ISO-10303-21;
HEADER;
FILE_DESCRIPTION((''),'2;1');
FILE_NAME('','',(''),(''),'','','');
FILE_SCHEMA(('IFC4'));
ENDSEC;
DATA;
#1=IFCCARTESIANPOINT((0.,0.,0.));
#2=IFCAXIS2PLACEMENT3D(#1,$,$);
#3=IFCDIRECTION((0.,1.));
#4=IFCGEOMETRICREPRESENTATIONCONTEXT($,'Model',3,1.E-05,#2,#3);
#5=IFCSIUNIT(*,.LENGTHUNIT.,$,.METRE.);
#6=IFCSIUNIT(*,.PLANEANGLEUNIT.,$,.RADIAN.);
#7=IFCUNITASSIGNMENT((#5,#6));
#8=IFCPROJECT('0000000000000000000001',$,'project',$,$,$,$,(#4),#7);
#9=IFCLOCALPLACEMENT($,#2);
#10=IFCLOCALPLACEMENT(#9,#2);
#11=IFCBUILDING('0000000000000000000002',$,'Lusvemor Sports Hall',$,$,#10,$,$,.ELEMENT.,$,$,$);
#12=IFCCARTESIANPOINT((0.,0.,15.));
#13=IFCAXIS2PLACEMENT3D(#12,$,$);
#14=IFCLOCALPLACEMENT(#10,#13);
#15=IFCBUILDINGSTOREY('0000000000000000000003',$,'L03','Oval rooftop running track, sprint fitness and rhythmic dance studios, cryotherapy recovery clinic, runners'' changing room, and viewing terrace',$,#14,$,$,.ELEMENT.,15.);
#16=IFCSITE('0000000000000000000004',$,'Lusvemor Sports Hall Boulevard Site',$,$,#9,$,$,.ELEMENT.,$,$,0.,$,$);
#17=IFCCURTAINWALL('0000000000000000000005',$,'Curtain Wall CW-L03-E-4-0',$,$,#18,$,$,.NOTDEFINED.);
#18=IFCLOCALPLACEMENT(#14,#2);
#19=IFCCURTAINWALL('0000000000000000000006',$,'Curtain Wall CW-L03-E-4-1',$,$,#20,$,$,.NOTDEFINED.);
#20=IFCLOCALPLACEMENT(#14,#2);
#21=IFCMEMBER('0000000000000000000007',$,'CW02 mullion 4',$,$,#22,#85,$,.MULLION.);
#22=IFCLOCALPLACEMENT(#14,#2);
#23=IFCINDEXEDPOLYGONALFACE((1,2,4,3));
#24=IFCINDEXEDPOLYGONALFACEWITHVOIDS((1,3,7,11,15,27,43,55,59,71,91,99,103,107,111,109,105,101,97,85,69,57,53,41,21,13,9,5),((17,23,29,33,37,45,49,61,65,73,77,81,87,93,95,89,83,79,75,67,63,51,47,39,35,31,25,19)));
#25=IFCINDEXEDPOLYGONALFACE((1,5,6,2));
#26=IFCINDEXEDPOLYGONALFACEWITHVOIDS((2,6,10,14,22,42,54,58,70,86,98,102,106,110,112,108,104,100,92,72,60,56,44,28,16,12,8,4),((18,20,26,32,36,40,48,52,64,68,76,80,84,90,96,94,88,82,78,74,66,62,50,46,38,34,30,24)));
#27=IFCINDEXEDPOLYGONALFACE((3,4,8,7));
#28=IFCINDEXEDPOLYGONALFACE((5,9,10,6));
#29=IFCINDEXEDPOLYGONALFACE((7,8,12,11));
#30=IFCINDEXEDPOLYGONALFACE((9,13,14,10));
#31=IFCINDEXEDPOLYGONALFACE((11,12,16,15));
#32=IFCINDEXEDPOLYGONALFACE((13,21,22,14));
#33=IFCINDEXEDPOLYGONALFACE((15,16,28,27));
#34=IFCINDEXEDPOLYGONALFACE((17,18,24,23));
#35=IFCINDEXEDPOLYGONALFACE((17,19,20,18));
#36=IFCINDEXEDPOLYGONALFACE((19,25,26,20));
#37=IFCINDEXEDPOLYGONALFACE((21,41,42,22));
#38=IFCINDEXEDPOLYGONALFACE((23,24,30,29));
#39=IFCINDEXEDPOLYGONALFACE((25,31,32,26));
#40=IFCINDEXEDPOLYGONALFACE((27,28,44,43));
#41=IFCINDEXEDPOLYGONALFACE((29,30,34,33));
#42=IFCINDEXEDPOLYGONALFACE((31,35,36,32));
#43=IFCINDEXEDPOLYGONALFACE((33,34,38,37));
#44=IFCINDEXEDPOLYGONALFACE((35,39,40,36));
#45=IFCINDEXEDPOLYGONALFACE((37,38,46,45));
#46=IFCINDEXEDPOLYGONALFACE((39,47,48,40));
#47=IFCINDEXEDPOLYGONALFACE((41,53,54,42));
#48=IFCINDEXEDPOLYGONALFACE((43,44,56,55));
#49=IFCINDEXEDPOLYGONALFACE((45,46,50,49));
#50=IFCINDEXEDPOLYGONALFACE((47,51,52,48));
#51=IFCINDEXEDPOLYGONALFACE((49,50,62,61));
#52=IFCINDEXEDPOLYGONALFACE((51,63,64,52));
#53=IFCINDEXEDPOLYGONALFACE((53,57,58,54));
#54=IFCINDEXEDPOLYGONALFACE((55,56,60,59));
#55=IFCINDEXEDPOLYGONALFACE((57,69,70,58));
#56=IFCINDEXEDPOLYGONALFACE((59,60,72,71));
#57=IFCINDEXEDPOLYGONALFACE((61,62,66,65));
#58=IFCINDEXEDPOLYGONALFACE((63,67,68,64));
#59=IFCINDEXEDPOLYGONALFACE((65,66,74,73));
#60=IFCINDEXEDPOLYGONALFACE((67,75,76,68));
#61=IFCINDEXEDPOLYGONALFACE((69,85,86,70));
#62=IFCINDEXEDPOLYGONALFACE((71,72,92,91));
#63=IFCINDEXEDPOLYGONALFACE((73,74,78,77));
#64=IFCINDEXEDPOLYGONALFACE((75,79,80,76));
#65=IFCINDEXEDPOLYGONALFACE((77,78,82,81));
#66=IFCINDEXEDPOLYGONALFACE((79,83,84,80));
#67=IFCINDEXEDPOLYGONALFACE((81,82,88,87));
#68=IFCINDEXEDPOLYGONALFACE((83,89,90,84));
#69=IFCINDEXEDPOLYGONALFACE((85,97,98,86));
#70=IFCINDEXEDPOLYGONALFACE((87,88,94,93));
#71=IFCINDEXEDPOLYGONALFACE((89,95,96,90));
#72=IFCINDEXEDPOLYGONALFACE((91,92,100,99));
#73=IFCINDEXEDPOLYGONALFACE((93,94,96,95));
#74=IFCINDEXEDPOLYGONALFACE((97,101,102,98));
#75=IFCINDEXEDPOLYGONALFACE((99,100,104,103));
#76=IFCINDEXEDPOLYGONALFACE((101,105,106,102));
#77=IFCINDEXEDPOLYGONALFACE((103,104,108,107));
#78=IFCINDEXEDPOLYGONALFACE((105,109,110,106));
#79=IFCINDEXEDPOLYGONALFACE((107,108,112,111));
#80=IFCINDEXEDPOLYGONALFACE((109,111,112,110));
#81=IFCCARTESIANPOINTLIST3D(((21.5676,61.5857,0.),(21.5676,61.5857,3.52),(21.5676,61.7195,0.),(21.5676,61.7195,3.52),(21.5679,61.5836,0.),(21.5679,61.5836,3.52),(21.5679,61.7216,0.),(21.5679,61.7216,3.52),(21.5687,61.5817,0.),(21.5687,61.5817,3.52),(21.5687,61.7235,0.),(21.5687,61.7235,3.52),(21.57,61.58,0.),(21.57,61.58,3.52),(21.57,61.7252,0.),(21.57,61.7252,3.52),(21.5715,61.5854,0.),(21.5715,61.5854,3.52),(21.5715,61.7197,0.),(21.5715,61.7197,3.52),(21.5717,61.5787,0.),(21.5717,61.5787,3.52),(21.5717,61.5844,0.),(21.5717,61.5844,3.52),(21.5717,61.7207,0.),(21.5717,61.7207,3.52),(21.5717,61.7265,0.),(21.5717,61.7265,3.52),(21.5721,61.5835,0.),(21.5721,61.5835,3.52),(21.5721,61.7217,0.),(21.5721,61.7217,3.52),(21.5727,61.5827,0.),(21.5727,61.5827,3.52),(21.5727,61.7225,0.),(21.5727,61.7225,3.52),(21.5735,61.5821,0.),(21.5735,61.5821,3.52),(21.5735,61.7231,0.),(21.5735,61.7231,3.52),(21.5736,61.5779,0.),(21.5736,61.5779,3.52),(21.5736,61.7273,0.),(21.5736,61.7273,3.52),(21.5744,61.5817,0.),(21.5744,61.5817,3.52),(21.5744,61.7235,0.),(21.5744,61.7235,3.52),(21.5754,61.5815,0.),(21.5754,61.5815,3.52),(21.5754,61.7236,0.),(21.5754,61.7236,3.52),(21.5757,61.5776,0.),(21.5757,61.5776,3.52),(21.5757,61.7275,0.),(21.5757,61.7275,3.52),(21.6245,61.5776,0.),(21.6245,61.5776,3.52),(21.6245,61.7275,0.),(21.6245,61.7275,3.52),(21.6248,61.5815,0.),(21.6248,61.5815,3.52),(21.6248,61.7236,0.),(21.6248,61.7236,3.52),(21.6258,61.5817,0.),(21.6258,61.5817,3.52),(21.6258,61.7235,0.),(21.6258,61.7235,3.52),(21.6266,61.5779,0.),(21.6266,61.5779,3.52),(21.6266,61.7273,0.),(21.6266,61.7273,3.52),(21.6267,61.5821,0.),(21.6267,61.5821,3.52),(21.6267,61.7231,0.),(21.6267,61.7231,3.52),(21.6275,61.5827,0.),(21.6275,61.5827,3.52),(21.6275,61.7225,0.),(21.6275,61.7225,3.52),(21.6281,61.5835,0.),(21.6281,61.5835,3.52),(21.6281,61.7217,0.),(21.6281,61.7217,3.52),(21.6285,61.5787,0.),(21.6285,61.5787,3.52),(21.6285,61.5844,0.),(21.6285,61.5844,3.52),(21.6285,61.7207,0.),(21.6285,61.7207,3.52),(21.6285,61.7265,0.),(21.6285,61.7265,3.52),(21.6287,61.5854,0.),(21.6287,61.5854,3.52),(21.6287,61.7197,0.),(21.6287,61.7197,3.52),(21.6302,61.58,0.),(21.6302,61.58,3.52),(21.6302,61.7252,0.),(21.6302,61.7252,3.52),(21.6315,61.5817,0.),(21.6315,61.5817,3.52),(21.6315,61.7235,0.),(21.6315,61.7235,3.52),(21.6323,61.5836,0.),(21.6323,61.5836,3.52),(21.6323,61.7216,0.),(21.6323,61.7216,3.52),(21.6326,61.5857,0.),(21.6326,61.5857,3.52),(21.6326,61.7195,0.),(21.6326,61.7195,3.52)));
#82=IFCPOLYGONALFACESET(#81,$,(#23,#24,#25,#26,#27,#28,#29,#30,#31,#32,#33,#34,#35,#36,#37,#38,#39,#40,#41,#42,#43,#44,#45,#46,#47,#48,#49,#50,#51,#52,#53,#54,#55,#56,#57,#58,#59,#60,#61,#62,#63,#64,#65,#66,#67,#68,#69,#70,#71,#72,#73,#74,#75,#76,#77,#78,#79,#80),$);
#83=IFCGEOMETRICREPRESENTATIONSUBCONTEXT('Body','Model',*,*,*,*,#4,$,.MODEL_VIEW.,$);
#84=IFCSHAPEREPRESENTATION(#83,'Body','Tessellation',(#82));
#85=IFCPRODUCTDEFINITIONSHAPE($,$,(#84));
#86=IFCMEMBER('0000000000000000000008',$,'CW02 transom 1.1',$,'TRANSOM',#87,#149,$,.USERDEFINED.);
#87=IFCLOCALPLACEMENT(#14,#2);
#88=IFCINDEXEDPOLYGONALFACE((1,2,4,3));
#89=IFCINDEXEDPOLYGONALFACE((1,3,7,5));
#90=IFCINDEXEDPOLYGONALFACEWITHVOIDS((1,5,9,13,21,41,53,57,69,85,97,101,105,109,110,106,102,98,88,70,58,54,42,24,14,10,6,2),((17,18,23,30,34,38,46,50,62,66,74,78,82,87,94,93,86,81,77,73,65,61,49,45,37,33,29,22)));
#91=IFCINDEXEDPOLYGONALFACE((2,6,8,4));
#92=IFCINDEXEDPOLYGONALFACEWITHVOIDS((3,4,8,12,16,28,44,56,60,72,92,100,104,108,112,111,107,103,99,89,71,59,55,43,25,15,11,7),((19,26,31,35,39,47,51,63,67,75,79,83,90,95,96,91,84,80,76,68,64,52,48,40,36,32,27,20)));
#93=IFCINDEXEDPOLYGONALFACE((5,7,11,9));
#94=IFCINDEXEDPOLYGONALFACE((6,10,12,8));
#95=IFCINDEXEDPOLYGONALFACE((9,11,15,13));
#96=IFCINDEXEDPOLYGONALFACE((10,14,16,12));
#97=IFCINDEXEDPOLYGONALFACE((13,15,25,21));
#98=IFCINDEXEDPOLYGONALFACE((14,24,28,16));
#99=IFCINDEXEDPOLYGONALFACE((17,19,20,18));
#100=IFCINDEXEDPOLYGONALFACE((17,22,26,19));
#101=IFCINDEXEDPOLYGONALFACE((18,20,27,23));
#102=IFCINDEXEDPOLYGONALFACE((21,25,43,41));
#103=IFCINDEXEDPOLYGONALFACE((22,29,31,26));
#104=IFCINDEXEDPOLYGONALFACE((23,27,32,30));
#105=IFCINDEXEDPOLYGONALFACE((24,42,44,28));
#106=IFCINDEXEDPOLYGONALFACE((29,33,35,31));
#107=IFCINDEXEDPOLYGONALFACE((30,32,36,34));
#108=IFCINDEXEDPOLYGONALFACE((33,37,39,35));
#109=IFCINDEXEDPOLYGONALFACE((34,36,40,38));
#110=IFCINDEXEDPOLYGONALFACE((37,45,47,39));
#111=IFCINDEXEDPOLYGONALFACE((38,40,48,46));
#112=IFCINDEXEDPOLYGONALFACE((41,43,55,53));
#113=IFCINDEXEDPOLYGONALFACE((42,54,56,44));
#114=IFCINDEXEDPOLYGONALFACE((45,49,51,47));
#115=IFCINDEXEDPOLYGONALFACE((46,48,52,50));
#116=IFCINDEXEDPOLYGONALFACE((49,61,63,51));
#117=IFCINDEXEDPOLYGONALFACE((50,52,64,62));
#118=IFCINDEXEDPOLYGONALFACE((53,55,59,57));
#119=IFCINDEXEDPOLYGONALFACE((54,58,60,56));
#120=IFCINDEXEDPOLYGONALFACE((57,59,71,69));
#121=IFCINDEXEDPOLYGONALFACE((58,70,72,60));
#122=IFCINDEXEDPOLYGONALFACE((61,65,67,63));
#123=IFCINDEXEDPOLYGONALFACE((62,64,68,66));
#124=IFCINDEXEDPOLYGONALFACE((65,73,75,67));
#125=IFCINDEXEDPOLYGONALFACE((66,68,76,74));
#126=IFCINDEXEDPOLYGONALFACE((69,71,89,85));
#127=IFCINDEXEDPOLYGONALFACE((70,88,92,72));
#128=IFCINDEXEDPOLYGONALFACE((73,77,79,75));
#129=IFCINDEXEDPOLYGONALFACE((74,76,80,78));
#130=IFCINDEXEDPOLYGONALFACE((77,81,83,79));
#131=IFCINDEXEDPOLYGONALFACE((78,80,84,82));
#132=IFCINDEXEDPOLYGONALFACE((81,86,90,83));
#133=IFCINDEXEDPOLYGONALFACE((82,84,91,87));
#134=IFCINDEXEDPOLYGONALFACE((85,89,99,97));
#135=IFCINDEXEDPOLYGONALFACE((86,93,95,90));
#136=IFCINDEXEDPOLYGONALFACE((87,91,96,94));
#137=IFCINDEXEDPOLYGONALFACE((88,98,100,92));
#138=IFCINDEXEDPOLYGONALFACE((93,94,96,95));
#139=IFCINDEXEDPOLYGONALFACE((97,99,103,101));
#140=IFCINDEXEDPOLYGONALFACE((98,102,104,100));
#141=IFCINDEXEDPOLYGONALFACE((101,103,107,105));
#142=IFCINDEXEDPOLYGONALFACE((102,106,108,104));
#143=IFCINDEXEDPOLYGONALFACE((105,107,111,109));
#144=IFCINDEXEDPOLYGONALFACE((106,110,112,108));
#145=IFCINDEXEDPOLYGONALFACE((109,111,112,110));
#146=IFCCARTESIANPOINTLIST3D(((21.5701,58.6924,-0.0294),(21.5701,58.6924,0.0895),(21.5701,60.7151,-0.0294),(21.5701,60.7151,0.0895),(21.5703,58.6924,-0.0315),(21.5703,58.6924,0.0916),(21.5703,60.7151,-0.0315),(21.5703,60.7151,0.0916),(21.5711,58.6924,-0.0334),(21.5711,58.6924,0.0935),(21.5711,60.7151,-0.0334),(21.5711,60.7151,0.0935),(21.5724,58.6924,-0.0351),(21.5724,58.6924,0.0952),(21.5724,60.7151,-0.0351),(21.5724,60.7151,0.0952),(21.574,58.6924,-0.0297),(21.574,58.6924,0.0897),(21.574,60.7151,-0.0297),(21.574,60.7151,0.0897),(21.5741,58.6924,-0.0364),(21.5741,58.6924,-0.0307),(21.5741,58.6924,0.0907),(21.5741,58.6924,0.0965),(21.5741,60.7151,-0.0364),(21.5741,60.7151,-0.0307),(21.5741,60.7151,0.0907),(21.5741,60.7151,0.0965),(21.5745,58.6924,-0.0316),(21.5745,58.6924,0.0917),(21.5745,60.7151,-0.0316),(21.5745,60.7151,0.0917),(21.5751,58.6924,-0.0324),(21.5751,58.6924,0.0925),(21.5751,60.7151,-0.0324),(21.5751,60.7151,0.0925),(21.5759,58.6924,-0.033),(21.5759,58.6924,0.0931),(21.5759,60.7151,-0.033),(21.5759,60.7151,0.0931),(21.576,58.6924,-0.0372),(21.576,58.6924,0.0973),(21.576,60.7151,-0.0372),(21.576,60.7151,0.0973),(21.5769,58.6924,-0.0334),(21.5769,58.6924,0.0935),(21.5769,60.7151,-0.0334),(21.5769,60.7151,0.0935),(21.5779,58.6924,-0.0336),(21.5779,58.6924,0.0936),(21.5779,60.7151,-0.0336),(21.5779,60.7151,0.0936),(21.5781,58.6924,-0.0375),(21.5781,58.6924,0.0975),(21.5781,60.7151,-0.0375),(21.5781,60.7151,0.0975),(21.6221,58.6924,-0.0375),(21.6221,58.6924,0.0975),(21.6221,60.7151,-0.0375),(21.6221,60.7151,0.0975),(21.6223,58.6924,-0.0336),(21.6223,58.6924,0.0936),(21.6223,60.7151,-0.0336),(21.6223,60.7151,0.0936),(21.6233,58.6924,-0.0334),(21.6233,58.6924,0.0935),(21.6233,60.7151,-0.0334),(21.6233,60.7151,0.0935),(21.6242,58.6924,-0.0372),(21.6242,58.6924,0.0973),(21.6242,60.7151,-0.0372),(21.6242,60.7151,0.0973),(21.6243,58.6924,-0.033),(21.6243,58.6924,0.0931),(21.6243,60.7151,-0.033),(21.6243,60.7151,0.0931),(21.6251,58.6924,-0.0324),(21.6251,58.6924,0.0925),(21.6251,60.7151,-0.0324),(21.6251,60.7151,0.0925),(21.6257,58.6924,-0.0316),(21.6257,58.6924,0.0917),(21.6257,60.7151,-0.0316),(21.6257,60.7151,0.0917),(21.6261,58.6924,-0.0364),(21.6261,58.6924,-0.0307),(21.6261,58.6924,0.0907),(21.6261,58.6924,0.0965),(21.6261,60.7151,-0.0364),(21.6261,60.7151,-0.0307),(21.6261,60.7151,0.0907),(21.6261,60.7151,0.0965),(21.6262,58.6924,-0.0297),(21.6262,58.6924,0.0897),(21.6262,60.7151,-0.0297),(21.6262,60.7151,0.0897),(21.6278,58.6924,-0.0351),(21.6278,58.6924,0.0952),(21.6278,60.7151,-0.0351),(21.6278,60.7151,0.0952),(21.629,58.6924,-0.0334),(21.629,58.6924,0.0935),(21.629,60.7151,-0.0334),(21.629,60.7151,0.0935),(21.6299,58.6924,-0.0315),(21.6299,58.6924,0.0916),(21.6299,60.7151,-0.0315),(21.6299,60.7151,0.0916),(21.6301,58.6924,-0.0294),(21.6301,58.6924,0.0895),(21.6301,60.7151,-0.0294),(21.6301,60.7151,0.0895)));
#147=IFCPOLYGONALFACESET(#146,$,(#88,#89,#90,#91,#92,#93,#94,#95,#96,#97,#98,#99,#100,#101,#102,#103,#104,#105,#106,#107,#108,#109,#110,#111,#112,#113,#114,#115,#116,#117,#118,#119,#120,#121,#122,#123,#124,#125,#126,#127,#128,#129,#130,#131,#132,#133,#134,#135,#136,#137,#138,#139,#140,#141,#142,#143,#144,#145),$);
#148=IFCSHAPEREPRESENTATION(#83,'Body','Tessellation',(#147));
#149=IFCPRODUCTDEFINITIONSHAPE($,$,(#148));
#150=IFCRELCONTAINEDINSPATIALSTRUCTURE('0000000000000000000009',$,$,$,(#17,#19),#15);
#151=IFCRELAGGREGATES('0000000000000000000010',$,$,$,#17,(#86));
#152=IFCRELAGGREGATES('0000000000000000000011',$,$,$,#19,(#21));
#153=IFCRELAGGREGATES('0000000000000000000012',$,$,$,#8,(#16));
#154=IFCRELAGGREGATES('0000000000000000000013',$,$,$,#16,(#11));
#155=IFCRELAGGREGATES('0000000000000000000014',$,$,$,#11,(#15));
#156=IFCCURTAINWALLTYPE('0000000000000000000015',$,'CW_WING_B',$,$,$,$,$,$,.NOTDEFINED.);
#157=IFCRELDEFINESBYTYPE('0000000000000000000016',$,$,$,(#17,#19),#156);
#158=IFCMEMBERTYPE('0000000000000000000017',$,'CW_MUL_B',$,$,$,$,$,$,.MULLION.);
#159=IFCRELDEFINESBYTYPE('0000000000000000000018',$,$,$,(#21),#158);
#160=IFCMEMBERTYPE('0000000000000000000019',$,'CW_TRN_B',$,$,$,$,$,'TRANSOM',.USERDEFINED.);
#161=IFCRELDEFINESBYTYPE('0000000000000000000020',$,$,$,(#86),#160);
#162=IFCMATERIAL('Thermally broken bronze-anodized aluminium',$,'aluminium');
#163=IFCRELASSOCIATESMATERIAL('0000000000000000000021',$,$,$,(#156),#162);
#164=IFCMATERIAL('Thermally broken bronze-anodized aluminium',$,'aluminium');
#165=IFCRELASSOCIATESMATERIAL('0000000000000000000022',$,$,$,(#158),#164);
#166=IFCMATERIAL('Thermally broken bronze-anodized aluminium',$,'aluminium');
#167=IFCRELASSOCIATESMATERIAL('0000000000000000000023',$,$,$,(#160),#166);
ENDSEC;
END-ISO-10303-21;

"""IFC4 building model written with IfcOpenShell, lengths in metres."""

from ifc_helpers import new_model, si_unit, direction, frame, origin, origin_2d, place, context, subcontext, project, spatial, hollow_rectangle, extrude, material, material_profile, profile_set, type_object, element, aggregate, save


model = new_model("IFC4")

# Units and contexts
model_context = context("Model", 3, precision=1e-05, world=origin(), true_north=direction((0.0, 1.0)))
body_context = subcontext(model_context, "Body", "Model", "MODEL_VIEW")
ifc_project = project(units=[si_unit("LENGTHUNIT", "METRE"), si_unit("PLANEANGLEUNIT", "RADIAN")], contexts=[model_context])

# Site, building, storey
site_placement = place(None, origin())
site = spatial("IfcSite", under=ifc_project, at=site_placement, Name="Lusvemor Sports Hall Boulevard Site", CompositionType="ELEMENT", RefElevation=0.0)
building_placement = place(site_placement, origin())
building = spatial("IfcBuilding", under=site, at=building_placement, Name="Lusvemor Sports Hall", CompositionType="ELEMENT")
storey_placement = place(building_placement, frame((0.0, 0.0, 15.0)))
storey = spatial("IfcBuildingStorey", under=building, at=storey_placement, Name="L03", Description="Oval rooftop running track, sprint fitness and rhythmic dance studios, cryotherapy recovery clinic, runners' changing room, and viewing terrace", CompositionType="ELEMENT", Elevation=15.0)

# Curtain wall
ifc_material_1 = material(Name="Thermally broken bronze-anodized aluminium", Category="aluminium")
curtain_wall_type = type_object("IfcCurtainWallType", Name="CW_WING_B", PredefinedType="NOTDEFINED", material=ifc_material_1)
curtain_wall_1_placement = place(storey_placement, origin())
curtain_wall_1 = element("IfcCurtainWall", 1, at=curtain_wall_1_placement, inside=storey, type_object=curtain_wall_type, Name="Curtain Wall CW-L03-E-4-0", PredefinedType="NOTDEFINED")
ifc_material_2 = material(Name="Thermally broken bronze-anodized aluminium", Category="aluminium")
ifc_material_profile_1 = material_profile(ifc_material_2, hollow_rectangle(XDim=0.0649, YDim=0.1499, WallThickness=0.0039, InnerFilletRadius=0.0039, OuterFilletRadius=0.0081, at=origin_2d()), Name="CWMUL150x65x4")
ifc_profile_set_1 = profile_set([ifc_material_profile_1], Name="Thermally broken bronze-anodized aluminium")
member_type_1 = type_object("IfcMemberType", Name="CW_MUL_B", PredefinedType="MULLION", material=ifc_profile_set_1)

# Curtain wall, member
curtain_wall_2_placement = place(storey_placement, origin())
curtain_wall_2 = element("IfcCurtainWall", 2, at=curtain_wall_2_placement, inside=storey, type_object=curtain_wall_type, Name="Curtain Wall CW-L03-E-4-1", PredefinedType="NOTDEFINED")
member_1_placement = place(storey_placement, frame((21.6001, 61.6526, 0.0), z_axis=(0.0, 0.0, 1.0), x_axis=(1.0, 0.0, 0.0)))
member_1 = element("IfcMember", 3, at=member_1_placement, type_object=member_type_1, Name="CW02 mullion 4", PredefinedType="MULLION", context=body_context, shape_type="SweptSolid", body=[
    extrude(hollow_rectangle(XDim=0.0649, YDim=0.1499, WallThickness=0.0039, InnerFilletRadius=0.0039, OuterFilletRadius=0.0081, at=origin_2d()), origin(), (0.0, 0.0, 1.0), 3.52),
])

# Member
ifc_material_3 = material(Name="Thermally broken bronze-anodized aluminium", Category="aluminium")
ifc_material_profile_2 = material_profile(ifc_material_3, hollow_rectangle(XDim=0.0601, YDim=0.135, WallThickness=0.0039, InnerFilletRadius=0.0039, OuterFilletRadius=0.0081, at=origin_2d()), Name="CWTRN135x60x4")
ifc_profile_set_2 = profile_set([ifc_material_profile_2], Name="Thermally broken bronze-anodized aluminium")
member_type_2 = type_object("IfcMemberType", Name="CW_TRN_B", ElementType="TRANSOM", PredefinedType="USERDEFINED", material=ifc_profile_set_2)
member_2_placement = place(storey_placement, frame((21.6001, 60.7151, 0.03), z_axis=(0.0, -1.0, 0.0), x_axis=(1.0, 0.0, 0.0)))
member_2 = element("IfcMember", 4, at=member_2_placement, type_object=member_type_2, Name="CW02 transom 1.1", ObjectType="TRANSOM", PredefinedType="USERDEFINED", context=body_context, shape_type="SweptSolid", body=[
    extrude(hollow_rectangle(XDim=0.0601, YDim=0.135, WallThickness=0.0039, InnerFilletRadius=0.0039, OuterFilletRadius=0.0081, at=origin_2d()), origin(), (0.0, 0.0, 1.0), 2.0227),
])
aggregate(curtain_wall_1, [member_2])

aggregate(curtain_wall_2, [member_1])

save(model, "model.ifc")
